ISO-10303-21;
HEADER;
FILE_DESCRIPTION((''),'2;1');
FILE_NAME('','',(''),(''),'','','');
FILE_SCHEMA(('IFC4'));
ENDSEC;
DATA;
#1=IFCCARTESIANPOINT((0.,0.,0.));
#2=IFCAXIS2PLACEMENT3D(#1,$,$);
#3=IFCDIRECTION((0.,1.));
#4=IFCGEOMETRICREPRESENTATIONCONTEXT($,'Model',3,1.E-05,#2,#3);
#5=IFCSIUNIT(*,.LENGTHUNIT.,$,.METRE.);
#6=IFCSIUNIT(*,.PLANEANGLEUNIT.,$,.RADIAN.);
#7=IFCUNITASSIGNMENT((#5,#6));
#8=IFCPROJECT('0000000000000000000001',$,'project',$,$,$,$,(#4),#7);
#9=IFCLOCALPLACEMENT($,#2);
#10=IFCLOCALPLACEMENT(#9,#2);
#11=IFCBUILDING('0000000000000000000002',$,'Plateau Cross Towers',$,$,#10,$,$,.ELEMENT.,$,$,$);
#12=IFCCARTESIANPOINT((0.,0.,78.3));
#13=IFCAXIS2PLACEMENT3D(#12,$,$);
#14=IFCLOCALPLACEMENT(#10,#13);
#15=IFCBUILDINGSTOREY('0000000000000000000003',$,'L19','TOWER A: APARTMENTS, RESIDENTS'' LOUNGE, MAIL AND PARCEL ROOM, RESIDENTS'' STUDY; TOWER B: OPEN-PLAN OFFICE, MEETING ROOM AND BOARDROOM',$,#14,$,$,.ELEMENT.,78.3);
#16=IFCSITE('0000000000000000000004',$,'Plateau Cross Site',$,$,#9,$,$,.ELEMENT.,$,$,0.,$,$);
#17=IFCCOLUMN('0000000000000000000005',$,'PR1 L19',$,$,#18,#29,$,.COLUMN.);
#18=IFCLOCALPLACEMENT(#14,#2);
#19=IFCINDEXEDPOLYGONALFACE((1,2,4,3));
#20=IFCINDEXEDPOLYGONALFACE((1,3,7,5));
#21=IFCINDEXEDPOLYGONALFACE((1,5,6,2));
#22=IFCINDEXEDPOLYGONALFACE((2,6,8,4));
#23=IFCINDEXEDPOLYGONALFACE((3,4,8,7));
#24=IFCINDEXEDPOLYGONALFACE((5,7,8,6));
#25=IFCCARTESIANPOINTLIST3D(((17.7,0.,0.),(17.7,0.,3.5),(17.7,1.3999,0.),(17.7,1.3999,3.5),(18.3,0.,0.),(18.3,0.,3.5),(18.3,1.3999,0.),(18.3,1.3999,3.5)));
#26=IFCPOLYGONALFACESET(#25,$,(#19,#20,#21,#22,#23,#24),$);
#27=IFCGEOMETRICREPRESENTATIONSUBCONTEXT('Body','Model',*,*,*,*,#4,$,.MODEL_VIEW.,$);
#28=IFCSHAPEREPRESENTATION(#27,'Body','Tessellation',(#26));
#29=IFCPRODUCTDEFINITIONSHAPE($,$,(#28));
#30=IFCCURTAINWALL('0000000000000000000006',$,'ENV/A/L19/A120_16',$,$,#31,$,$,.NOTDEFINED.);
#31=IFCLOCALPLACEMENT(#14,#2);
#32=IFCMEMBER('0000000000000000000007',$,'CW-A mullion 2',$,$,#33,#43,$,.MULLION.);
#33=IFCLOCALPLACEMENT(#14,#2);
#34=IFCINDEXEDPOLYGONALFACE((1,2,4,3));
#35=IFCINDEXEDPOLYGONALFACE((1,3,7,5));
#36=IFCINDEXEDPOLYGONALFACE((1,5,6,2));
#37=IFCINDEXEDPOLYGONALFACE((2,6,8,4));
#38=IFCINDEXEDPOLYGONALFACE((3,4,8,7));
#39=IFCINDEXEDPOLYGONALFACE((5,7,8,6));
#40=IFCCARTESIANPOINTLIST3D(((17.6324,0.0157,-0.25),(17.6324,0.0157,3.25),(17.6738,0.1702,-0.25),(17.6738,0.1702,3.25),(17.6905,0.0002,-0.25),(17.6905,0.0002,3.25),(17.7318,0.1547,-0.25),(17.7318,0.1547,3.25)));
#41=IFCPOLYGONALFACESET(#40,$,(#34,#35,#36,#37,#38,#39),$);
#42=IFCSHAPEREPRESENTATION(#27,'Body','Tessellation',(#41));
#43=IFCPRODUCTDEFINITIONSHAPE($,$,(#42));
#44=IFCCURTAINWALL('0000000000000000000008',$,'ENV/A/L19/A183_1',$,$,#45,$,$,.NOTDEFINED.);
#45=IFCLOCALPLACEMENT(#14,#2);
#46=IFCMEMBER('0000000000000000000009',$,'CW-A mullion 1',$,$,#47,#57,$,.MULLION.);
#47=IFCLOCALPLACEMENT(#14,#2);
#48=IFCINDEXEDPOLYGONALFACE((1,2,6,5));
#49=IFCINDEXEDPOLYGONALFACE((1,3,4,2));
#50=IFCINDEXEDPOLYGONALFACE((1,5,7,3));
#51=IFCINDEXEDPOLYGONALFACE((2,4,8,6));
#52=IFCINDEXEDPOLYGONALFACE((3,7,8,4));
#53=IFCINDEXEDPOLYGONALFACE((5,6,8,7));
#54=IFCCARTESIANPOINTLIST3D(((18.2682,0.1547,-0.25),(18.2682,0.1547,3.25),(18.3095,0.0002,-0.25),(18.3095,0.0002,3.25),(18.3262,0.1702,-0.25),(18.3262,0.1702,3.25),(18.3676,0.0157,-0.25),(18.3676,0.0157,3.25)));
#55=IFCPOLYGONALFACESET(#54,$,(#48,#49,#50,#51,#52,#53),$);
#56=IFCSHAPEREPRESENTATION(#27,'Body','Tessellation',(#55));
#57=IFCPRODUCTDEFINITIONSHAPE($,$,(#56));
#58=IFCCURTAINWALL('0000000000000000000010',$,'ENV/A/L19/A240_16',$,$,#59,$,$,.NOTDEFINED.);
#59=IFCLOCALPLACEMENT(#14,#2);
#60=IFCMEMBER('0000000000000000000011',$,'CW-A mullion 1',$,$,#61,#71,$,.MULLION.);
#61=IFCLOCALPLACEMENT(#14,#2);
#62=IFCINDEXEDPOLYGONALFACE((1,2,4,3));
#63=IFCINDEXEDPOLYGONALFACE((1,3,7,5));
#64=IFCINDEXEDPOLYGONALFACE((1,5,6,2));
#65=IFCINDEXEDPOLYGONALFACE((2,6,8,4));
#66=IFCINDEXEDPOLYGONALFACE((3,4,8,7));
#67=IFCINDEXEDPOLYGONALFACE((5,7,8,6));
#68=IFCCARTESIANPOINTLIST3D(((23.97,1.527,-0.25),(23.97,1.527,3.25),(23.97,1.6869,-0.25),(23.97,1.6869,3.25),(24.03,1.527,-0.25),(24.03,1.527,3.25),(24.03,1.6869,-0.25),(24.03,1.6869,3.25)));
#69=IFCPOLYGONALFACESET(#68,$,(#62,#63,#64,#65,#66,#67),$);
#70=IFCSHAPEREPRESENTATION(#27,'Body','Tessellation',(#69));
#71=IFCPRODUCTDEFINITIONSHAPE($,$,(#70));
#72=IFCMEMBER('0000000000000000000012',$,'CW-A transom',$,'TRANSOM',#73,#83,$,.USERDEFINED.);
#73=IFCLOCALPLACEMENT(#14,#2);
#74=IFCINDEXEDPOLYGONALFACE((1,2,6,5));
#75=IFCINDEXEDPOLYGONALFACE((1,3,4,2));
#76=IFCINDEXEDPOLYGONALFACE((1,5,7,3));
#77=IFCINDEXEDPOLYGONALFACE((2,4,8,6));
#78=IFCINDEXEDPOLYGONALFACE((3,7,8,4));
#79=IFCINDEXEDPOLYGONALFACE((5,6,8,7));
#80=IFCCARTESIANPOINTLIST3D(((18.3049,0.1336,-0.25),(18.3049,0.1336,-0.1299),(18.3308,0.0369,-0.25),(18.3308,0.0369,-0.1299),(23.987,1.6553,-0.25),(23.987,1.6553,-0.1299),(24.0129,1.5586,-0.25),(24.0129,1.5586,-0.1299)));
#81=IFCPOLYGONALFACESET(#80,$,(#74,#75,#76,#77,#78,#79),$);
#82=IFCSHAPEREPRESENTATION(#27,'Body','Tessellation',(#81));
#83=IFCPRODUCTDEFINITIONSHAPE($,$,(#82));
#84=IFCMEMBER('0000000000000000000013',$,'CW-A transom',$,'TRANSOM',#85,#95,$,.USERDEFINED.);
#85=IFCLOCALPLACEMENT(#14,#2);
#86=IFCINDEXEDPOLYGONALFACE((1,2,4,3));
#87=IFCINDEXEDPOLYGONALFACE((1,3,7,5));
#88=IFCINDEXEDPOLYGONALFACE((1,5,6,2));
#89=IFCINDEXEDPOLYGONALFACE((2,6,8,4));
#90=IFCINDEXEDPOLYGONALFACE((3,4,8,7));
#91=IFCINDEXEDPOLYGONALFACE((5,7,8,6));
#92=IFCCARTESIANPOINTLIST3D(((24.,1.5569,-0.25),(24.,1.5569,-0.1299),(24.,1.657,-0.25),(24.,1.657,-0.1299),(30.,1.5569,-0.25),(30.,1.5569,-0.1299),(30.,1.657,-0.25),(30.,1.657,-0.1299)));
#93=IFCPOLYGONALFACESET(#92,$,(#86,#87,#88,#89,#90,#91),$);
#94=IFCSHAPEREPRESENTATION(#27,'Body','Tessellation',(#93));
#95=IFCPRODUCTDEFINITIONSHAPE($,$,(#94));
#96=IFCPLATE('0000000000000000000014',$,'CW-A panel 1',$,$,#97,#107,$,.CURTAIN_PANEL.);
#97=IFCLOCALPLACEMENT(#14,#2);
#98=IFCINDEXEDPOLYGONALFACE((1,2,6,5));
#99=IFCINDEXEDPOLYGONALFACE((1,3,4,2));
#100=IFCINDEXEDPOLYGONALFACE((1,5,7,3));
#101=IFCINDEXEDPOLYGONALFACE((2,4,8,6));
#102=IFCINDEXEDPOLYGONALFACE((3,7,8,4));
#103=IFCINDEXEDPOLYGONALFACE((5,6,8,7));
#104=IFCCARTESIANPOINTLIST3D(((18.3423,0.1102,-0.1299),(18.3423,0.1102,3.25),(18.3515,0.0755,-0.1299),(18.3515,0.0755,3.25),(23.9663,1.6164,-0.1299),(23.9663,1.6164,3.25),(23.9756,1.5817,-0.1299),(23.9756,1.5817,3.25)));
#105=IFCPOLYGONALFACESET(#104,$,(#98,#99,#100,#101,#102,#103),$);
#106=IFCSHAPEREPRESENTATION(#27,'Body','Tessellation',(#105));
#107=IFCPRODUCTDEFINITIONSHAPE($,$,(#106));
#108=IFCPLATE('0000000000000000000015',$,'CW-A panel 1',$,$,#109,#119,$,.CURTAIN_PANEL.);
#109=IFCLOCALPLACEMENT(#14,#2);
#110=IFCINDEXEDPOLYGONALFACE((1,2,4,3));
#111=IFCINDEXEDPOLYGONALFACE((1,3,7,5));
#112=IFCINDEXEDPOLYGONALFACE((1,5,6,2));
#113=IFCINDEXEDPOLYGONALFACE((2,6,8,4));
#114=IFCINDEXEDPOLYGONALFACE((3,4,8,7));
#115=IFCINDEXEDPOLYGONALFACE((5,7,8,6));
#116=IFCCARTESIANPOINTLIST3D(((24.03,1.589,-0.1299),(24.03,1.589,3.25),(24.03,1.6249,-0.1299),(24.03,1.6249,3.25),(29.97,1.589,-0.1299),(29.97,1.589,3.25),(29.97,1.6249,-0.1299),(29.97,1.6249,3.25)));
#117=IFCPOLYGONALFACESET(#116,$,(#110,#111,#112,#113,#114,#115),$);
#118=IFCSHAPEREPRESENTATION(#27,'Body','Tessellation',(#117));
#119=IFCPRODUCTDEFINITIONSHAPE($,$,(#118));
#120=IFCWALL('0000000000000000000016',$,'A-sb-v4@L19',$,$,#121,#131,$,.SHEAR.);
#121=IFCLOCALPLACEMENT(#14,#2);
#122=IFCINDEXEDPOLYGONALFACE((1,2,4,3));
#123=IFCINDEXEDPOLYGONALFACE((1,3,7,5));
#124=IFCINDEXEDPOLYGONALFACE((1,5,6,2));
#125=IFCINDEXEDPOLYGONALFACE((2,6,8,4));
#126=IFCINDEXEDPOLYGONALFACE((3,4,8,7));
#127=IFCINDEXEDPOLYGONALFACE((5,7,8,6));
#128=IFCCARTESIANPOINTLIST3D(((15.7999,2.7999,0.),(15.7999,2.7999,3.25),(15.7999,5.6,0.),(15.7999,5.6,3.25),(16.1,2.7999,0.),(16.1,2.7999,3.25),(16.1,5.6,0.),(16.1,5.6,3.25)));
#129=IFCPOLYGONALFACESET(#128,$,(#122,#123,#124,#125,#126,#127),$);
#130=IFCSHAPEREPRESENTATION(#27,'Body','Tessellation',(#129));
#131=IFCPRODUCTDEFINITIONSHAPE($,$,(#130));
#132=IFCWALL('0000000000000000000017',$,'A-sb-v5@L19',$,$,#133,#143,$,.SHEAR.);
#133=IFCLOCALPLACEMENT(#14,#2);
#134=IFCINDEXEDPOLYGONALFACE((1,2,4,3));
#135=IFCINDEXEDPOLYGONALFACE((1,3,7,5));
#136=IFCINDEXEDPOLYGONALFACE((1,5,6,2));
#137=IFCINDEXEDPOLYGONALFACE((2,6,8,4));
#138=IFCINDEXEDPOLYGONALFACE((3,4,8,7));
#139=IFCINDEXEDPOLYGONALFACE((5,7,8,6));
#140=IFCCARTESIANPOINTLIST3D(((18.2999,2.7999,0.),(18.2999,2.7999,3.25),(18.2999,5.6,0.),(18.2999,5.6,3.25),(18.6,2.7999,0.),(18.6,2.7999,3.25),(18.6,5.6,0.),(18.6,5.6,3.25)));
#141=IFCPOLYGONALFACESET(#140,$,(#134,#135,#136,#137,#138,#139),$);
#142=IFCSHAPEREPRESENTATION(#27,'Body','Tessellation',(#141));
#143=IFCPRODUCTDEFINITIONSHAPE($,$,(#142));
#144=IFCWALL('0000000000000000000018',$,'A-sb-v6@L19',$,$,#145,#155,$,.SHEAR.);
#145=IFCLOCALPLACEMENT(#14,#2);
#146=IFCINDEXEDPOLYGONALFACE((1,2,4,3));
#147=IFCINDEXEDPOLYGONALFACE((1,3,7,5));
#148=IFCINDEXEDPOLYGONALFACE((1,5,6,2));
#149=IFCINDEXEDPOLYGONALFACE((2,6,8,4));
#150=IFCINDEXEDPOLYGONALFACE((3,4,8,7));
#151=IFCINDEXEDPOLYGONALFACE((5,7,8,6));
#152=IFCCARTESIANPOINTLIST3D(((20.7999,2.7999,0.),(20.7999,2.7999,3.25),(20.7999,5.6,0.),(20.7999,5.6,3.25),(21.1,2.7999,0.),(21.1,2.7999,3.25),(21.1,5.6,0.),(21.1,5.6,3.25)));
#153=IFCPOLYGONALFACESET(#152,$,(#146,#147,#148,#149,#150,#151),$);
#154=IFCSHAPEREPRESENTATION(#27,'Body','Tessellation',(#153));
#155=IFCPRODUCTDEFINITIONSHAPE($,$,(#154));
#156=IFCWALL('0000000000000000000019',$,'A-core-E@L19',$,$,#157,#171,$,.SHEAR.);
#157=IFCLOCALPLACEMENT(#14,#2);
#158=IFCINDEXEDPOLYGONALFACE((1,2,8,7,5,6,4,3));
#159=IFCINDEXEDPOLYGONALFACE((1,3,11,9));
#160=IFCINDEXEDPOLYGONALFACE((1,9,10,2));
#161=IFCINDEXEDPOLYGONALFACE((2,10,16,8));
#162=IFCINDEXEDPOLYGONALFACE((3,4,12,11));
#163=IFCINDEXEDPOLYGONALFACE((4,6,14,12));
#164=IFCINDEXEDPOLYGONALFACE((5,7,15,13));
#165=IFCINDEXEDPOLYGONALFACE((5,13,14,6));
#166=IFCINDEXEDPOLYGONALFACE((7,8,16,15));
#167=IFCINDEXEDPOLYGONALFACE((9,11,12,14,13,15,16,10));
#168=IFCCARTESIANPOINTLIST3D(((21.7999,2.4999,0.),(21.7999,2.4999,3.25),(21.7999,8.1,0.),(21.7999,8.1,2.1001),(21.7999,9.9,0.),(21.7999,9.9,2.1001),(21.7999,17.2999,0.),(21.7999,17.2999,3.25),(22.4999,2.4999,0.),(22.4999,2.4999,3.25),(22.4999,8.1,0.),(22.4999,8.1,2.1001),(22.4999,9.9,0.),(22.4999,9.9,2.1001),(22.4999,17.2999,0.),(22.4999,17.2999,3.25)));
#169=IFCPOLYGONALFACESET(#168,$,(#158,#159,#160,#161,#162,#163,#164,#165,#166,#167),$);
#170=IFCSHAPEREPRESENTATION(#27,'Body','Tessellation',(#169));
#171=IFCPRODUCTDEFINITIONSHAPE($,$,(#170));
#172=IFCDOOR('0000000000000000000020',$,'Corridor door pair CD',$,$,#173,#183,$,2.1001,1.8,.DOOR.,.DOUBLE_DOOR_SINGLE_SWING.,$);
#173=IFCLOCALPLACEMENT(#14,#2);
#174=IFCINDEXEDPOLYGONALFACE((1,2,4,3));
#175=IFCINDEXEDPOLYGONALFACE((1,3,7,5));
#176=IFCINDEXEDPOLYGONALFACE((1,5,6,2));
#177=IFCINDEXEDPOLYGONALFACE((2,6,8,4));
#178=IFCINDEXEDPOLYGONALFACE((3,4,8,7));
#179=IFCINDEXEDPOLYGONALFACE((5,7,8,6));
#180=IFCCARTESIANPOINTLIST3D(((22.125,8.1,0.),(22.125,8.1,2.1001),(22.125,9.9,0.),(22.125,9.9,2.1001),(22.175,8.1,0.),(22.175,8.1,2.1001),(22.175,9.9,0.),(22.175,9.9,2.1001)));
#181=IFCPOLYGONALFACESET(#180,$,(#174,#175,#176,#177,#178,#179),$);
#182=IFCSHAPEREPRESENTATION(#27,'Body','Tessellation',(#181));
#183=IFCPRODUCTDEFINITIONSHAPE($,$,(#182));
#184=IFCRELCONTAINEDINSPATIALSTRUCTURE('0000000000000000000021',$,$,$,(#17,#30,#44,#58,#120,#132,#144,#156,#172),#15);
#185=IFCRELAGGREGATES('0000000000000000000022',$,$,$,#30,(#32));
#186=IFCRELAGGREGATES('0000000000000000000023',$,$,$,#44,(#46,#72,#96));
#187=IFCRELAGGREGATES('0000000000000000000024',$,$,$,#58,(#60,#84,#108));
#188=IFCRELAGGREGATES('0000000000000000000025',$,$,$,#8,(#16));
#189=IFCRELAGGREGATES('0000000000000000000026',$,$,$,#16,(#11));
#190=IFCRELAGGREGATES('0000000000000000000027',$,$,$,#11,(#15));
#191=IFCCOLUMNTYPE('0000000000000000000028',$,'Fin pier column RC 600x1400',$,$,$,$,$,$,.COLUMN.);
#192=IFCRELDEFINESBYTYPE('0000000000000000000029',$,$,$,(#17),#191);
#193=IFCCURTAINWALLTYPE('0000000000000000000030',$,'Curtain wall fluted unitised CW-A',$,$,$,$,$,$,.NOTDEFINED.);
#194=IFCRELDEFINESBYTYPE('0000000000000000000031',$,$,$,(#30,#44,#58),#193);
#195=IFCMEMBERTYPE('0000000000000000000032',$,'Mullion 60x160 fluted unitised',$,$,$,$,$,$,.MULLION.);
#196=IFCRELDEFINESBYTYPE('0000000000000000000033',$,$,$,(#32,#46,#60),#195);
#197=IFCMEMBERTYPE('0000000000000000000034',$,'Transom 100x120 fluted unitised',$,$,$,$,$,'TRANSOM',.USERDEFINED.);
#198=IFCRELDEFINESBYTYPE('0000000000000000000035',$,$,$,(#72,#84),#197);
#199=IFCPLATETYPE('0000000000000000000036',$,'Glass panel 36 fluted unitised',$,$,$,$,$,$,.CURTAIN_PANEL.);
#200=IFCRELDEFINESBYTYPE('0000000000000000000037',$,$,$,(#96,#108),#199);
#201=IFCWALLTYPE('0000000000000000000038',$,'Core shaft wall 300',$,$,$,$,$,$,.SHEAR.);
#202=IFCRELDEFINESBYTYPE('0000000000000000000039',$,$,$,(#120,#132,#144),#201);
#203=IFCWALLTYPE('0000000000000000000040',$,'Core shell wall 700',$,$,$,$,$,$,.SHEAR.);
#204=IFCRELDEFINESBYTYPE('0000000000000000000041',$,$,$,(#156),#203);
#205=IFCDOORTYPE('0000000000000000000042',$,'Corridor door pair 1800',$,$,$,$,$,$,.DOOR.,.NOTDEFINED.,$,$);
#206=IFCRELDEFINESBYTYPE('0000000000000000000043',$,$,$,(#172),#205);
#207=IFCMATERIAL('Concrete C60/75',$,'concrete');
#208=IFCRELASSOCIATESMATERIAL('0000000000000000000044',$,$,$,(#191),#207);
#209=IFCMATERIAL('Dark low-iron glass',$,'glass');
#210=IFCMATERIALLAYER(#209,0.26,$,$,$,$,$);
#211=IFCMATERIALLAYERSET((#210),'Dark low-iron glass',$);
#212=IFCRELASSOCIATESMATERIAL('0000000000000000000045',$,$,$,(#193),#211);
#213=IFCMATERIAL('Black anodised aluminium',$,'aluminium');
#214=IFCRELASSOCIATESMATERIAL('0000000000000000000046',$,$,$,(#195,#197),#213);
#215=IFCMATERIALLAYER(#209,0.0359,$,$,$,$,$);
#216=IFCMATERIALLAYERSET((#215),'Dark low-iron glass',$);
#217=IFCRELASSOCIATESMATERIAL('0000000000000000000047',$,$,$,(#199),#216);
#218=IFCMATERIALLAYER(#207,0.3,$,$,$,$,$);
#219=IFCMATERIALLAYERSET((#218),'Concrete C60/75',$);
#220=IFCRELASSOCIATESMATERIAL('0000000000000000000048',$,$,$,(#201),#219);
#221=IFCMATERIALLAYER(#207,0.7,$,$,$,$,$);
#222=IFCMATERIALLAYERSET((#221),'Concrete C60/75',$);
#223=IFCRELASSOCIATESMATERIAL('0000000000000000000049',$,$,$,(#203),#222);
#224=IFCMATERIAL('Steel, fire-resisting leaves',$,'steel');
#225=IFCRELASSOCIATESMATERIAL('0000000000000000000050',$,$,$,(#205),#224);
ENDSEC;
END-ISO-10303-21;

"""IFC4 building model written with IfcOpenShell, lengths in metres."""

from ifc_helpers import new_model, si_unit, direction, frame, frame_2d, origin, origin_2d, place, context, subcontext, project, spatial, rectangle, extrude, material, layer, layer_set, material_profile, profile_set, type_object, element, fill, aggregate, save


model = new_model("IFC4")

# Units and contexts
model_context = context("Model", 3, precision=1e-05, world=origin(), true_north=direction((0.0, 1.0)))
body_context = subcontext(model_context, "Body", "Model", "MODEL_VIEW")
ifc_project = project(units=[si_unit("LENGTHUNIT", "METRE"), si_unit("PLANEANGLEUNIT", "RADIAN")], contexts=[model_context])

# Site, building, storey
site_placement = place(None, origin())
site = spatial("IfcSite", under=ifc_project, at=site_placement, Name="Plateau Cross Site", CompositionType="ELEMENT", RefElevation=0.0)
building_placement = place(site_placement, origin())
building = spatial("IfcBuilding", under=site, at=building_placement, Name="Plateau Cross Towers", CompositionType="ELEMENT")
storey_placement = place(building_placement, frame((0.0, 0.0, 78.3)))
storey = spatial("IfcBuildingStorey", under=building, at=storey_placement, Name="L19", Description="TOWER A: APARTMENTS, RESIDENTS' LOUNGE, MAIL AND PARCEL ROOM, RESIDENTS' STUDY; TOWER B: OPEN-PLAN OFFICE, MEETING ROOM AND BOARDROOM", CompositionType="ELEMENT", Elevation=78.3)

# Column
ifc_material_1 = material(Name="Concrete C60/75", Category="concrete")
ifc_material_profile_1 = material_profile(ifc_material_1, rectangle(XDim=0.6001, YDim=1.3999, at=origin_2d()), Name="RC 600x1400")
ifc_profile_set_1 = profile_set([ifc_material_profile_1], Name="Concrete C60/75")
column_type = type_object("IfcColumnType", Name="Fin pier column RC 600x1400", PredefinedType="COLUMN", material=ifc_profile_set_1)
column_placement = place(storey_placement, frame((18.0, 0.7, 0.0), z_axis=(0.0, 0.0, 1.0), x_axis=(1.0, 0.0, 0.0)))
element("IfcColumn", 1, at=column_placement, inside=storey, type_object=column_type, Name="PR1 L19", PredefinedType="COLUMN", context=body_context, shape_type="SweptSolid", body=[
    extrude(rectangle(XDim=0.6001, YDim=1.3999, at=origin_2d()), origin(), (0.0, 0.0, 1.0), 3.5),
])

# Curtain walls, members
ifc_material_2 = material(Name="Dark low-iron glass", Category="glass")
ifc_layer_1 = layer(ifc_material_2, 0.26)
ifc_layer_set_1 = layer_set([ifc_layer_1], Name="Dark low-iron glass")
curtain_wall_type = type_object("IfcCurtainWallType", Name="Curtain wall fluted unitised CW-A", PredefinedType="NOTDEFINED", material=ifc_layer_set_1)
curtain_wall_1_placement = place(storey_placement, origin())
curtain_wall_1 = element("IfcCurtainWall", 2, at=curtain_wall_1_placement, inside=storey, type_object=curtain_wall_type, Name="ENV/A/L19/A120_16", PredefinedType="NOTDEFINED")
ifc_material_3 = material(Name="Black anodised aluminium", Category="aluminium")
ifc_material_profile_2 = material_profile(ifc_material_3, rectangle(XDim=0.0601, YDim=0.1599, at=origin_2d()), Name="MULLION 60x160")
ifc_profile_set_2 = profile_set([ifc_material_profile_2], Name="Black anodised aluminium")
member_type_1 = type_object("IfcMemberType", Name="Mullion 60x160 fluted unitised", PredefinedType="MULLION", material=ifc_profile_set_2)
member_1_placement = place(storey_placement, frame((17.6821, 0.0852, -0.25), z_axis=(0.0, 0.0, 1.0), x_axis=(0.965958, -0.258699, 0.0)))
member_1 = element("IfcMember", 3, at=member_1_placement, type_object=member_type_1, Name="CW-A mullion 2", PredefinedType="MULLION", context=body_context, shape_type="SweptSolid", body=[
    extrude(rectangle(XDim=0.0601, YDim=0.1599, at=origin_2d()), origin(), (0.0, 0.0, 1.0), 3.5),
])
aggregate(curtain_wall_1, [member_1])
curtain_wall_2_placement = place(storey_placement, origin())
curtain_wall_2 = element("IfcCurtainWall", 4, at=curtain_wall_2_placement, inside=storey, type_object=curtain_wall_type, Name="ENV/A/L19/A183_1", PredefinedType="NOTDEFINED")
member_2_placement = place(storey_placement, frame((18.3179, 0.0852, -0.25), z_axis=(0.0, 0.0, 1.0), x_axis=(0.965958, 0.258699, 0.0)))
member_2 = element("IfcMember", 5, at=member_2_placement, type_object=member_type_1, Name="CW-A mullion 1", PredefinedType="MULLION", context=body_context, shape_type="SweptSolid", body=[
    extrude(rectangle(XDim=0.0601, YDim=0.1599, at=origin_2d()), origin(), (0.0, 0.0, 1.0), 3.5),
])
curtain_wall_3_placement = place(storey_placement, origin())
curtain_wall_3 = element("IfcCurtainWall", 6, at=curtain_wall_3_placement, inside=storey, type_object=curtain_wall_type, Name="ENV/A/L19/A240_16", PredefinedType="NOTDEFINED")
member_3_placement = place(storey_placement, frame((24.0, 1.6069, -0.25), z_axis=(0.0, 0.0, 1.0), x_axis=(1.0, 0.0, 0.0)))
member_3 = element("IfcMember", 7, at=member_3_placement, type_object=member_type_1, Name="CW-A mullion 1", PredefinedType="MULLION", context=body_context, shape_type="SweptSolid", body=[
    extrude(rectangle(XDim=0.0601, YDim=0.1599, at=origin_2d()), origin(), (0.0, 0.0, 1.0), 3.5),
])

# Members
ifc_material_profile_3 = material_profile(ifc_material_3, rectangle(XDim=0.1001, YDim=0.1201, at=origin_2d()), Name="TRANSOM 100x120")
ifc_profile_set_3 = profile_set([ifc_material_profile_3], Name="Black anodised aluminium")
member_type_2 = type_object("IfcMemberType", Name="Transom 100x120 fluted unitised", ElementType="TRANSOM", PredefinedType="USERDEFINED", material=ifc_profile_set_3)
member_4_placement = place(storey_placement, frame((18.3179, 0.0852, -0.1899), z_axis=(0.96596, 0.258693, 0.0), x_axis=(-0.258693, 0.96596, 0.0)))
member_4 = element("IfcMember", 8, at=member_4_placement, type_object=member_type_2, Name="CW-A transom", ObjectType="TRANSOM", PredefinedType="USERDEFINED", context=body_context, shape_type="SweptSolid", body=[
    extrude(rectangle(XDim=0.1001, YDim=0.1201, at=origin_2d()), origin(), (0.0, 0.0, 1.0), 5.8823),
])
member_5_placement = place(storey_placement, frame((24.0, 1.6069, -0.1899), z_axis=(1.0, 0.0, 0.0), x_axis=(0.0, 1.0, 0.0)))
member_5 = element("IfcMember", 9, at=member_5_placement, type_object=member_type_2, Name="CW-A transom", ObjectType="TRANSOM", PredefinedType="USERDEFINED", context=body_context, shape_type="SweptSolid", body=[
    extrude(rectangle(XDim=0.1001, YDim=0.1201, at=origin_2d()), origin(), (0.0, 0.0, 1.0), 6.0),
])

# Plates
ifc_layer_2 = layer(ifc_material_2, 0.0359)
ifc_layer_set_2 = layer_set([ifc_layer_2], Name="Dark low-iron glass")
plate_type = type_object("IfcPlateType", Name="Glass panel 36 fluted unitised", PredefinedType="CURTAIN_PANEL", material=ifc_layer_set_2)
plate_1_placement = place(storey_placement, frame((21.1589, 0.8459, -0.1299), z_axis=(0.0, 0.0, 1.0), x_axis=(0.965958, 0.258699, 0.0)))
plate_1 = element("IfcPlate", 10, at=plate_1_placement, type_object=plate_type, Name="CW-A panel 1", PredefinedType="CURTAIN_PANEL", context=body_context, shape_type="SweptSolid", body=[
    extrude(rectangle(XDim=5.8223, YDim=0.0359, at=origin_2d()), origin(), (0.0, 0.0, 1.0), 3.3799),
])
aggregate(curtain_wall_2, [member_2, member_4, plate_1])
plate_2_placement = place(storey_placement, frame((27.0, 1.6069, -0.1299), z_axis=(0.0, 0.0, 1.0), x_axis=(1.0, 0.0, 0.0)))
plate_2 = element("IfcPlate", 11, at=plate_2_placement, type_object=plate_type, Name="CW-A panel 1", PredefinedType="CURTAIN_PANEL", context=body_context, shape_type="SweptSolid", body=[
    extrude(rectangle(XDim=5.9399, YDim=0.0359, at=origin_2d()), origin(), (0.0, 0.0, 1.0), 3.3799),
])
aggregate(curtain_wall_3, [member_3, member_5, plate_2])

# Walls
ifc_layer_3 = layer(ifc_material_1, 0.3)
ifc_layer_set_3 = layer_set([ifc_layer_3], Name="Concrete C60/75")
wall_type_1 = type_object("IfcWallType", Name="Core shaft wall 300", PredefinedType="SHEAR", material=ifc_layer_set_3)
for number, where, z_axis, x_axis, name in (
    (12, (15.95, 2.8, 0.0), (0.0, 0.0, 1.0), (0.0, 1.0, 0.0), "A-sb-v4@L19"),
    (13, (18.45, 2.8, 0.0), (0.0, 0.0, 1.0), (0.0, 1.0, 0.0), "A-sb-v5@L19"),
    (14, (20.95, 2.8, 0.0), (0.0, 0.0, 1.0), (0.0, 1.0, 0.0), "A-sb-v6@L19"),
):
    element("IfcWall", number, at=place(storey_placement, frame(where, z_axis=z_axis, x_axis=x_axis)), inside=storey, type_object=wall_type_1, Name=name, PredefinedType="SHEAR", context=body_context, shape_type="SweptSolid", body=[
        extrude(rectangle(XDim=2.8, YDim=0.3, at=frame_2d((1.3999, 0.0))), origin(), (0.0, 0.0, 1.0), 3.25),
    ])

# Wall, opening, door
ifc_layer_4 = layer(ifc_material_1, 0.7)
ifc_layer_set_4 = layer_set([ifc_layer_4], Name="Concrete C60/75")
wall_type_2 = type_object("IfcWallType", Name="Core shell wall 700", PredefinedType="SHEAR", material=ifc_layer_set_4)
wall_1_placement = place(storey_placement, frame((22.1499, 2.5, 0.0), z_axis=(0.0, 0.0, 1.0), x_axis=(0.0, 1.0, 0.0)))
wall_1 = element("IfcWall", 15, at=wall_1_placement, inside=storey, type_object=wall_type_2, Name="A-core-E@L19", PredefinedType="SHEAR", context=body_context, shape_type="SweptSolid", body=[
    extrude(rectangle(XDim=14.8, YDim=0.7, at=frame_2d((7.3999, 0.0))), origin(), (0.0, 0.0, 1.0), 3.25),
])
opening_1_placement = place(wall_1_placement, frame((5.6001, 0.0, 0.0)))
opening_1 = element("IfcOpeningElement", 16, at=opening_1_placement, cuts=wall_1, PredefinedType="OPENING", context=body_context, shape_type="SweptSolid", body=[
    extrude(rectangle(XDim=1.8, YDim=2.1001, at=frame_2d((0.8999, 1.05))), frame((0.0, 0.3599, 0.0), z_axis=(0.0, -1.0, 0.0), x_axis=(1.0, 0.0, 0.0)), (0.0, 0.0, 1.0), 0.72),
])
ifc_material_4 = material(Name="Steel, fire-resisting leaves", Category="steel")
door_type_1 = type_object("IfcDoorType", Name="Corridor door pair 1800", OperationType="NOTDEFINED", PredefinedType="DOOR", material=ifc_material_4)
door_1_placement = place(opening_1_placement, origin())
door_1 = element("IfcDoor", 17, at=door_1_placement, inside=storey, type_object=door_type_1, Name="Corridor door pair CD", OperationType="DOUBLE_DOOR_SINGLE_SWING", OverallHeight=2.1001, OverallWidth=1.8, PredefinedType="DOOR", context=body_context, shape_type="SweptSolid", body=[
    extrude(rectangle(XDim=1.8, YDim=2.1001, at=frame_2d((0.8999, 1.05))), frame((0.0, 0.0249, 0.0), z_axis=(0.0, -1.0, 0.0), x_axis=(1.0, 0.0, 0.0)), (0.0, 0.0, 1.0), 0.05),
])
fill(opening_1, door_1)

save(model, "model.ifc")
